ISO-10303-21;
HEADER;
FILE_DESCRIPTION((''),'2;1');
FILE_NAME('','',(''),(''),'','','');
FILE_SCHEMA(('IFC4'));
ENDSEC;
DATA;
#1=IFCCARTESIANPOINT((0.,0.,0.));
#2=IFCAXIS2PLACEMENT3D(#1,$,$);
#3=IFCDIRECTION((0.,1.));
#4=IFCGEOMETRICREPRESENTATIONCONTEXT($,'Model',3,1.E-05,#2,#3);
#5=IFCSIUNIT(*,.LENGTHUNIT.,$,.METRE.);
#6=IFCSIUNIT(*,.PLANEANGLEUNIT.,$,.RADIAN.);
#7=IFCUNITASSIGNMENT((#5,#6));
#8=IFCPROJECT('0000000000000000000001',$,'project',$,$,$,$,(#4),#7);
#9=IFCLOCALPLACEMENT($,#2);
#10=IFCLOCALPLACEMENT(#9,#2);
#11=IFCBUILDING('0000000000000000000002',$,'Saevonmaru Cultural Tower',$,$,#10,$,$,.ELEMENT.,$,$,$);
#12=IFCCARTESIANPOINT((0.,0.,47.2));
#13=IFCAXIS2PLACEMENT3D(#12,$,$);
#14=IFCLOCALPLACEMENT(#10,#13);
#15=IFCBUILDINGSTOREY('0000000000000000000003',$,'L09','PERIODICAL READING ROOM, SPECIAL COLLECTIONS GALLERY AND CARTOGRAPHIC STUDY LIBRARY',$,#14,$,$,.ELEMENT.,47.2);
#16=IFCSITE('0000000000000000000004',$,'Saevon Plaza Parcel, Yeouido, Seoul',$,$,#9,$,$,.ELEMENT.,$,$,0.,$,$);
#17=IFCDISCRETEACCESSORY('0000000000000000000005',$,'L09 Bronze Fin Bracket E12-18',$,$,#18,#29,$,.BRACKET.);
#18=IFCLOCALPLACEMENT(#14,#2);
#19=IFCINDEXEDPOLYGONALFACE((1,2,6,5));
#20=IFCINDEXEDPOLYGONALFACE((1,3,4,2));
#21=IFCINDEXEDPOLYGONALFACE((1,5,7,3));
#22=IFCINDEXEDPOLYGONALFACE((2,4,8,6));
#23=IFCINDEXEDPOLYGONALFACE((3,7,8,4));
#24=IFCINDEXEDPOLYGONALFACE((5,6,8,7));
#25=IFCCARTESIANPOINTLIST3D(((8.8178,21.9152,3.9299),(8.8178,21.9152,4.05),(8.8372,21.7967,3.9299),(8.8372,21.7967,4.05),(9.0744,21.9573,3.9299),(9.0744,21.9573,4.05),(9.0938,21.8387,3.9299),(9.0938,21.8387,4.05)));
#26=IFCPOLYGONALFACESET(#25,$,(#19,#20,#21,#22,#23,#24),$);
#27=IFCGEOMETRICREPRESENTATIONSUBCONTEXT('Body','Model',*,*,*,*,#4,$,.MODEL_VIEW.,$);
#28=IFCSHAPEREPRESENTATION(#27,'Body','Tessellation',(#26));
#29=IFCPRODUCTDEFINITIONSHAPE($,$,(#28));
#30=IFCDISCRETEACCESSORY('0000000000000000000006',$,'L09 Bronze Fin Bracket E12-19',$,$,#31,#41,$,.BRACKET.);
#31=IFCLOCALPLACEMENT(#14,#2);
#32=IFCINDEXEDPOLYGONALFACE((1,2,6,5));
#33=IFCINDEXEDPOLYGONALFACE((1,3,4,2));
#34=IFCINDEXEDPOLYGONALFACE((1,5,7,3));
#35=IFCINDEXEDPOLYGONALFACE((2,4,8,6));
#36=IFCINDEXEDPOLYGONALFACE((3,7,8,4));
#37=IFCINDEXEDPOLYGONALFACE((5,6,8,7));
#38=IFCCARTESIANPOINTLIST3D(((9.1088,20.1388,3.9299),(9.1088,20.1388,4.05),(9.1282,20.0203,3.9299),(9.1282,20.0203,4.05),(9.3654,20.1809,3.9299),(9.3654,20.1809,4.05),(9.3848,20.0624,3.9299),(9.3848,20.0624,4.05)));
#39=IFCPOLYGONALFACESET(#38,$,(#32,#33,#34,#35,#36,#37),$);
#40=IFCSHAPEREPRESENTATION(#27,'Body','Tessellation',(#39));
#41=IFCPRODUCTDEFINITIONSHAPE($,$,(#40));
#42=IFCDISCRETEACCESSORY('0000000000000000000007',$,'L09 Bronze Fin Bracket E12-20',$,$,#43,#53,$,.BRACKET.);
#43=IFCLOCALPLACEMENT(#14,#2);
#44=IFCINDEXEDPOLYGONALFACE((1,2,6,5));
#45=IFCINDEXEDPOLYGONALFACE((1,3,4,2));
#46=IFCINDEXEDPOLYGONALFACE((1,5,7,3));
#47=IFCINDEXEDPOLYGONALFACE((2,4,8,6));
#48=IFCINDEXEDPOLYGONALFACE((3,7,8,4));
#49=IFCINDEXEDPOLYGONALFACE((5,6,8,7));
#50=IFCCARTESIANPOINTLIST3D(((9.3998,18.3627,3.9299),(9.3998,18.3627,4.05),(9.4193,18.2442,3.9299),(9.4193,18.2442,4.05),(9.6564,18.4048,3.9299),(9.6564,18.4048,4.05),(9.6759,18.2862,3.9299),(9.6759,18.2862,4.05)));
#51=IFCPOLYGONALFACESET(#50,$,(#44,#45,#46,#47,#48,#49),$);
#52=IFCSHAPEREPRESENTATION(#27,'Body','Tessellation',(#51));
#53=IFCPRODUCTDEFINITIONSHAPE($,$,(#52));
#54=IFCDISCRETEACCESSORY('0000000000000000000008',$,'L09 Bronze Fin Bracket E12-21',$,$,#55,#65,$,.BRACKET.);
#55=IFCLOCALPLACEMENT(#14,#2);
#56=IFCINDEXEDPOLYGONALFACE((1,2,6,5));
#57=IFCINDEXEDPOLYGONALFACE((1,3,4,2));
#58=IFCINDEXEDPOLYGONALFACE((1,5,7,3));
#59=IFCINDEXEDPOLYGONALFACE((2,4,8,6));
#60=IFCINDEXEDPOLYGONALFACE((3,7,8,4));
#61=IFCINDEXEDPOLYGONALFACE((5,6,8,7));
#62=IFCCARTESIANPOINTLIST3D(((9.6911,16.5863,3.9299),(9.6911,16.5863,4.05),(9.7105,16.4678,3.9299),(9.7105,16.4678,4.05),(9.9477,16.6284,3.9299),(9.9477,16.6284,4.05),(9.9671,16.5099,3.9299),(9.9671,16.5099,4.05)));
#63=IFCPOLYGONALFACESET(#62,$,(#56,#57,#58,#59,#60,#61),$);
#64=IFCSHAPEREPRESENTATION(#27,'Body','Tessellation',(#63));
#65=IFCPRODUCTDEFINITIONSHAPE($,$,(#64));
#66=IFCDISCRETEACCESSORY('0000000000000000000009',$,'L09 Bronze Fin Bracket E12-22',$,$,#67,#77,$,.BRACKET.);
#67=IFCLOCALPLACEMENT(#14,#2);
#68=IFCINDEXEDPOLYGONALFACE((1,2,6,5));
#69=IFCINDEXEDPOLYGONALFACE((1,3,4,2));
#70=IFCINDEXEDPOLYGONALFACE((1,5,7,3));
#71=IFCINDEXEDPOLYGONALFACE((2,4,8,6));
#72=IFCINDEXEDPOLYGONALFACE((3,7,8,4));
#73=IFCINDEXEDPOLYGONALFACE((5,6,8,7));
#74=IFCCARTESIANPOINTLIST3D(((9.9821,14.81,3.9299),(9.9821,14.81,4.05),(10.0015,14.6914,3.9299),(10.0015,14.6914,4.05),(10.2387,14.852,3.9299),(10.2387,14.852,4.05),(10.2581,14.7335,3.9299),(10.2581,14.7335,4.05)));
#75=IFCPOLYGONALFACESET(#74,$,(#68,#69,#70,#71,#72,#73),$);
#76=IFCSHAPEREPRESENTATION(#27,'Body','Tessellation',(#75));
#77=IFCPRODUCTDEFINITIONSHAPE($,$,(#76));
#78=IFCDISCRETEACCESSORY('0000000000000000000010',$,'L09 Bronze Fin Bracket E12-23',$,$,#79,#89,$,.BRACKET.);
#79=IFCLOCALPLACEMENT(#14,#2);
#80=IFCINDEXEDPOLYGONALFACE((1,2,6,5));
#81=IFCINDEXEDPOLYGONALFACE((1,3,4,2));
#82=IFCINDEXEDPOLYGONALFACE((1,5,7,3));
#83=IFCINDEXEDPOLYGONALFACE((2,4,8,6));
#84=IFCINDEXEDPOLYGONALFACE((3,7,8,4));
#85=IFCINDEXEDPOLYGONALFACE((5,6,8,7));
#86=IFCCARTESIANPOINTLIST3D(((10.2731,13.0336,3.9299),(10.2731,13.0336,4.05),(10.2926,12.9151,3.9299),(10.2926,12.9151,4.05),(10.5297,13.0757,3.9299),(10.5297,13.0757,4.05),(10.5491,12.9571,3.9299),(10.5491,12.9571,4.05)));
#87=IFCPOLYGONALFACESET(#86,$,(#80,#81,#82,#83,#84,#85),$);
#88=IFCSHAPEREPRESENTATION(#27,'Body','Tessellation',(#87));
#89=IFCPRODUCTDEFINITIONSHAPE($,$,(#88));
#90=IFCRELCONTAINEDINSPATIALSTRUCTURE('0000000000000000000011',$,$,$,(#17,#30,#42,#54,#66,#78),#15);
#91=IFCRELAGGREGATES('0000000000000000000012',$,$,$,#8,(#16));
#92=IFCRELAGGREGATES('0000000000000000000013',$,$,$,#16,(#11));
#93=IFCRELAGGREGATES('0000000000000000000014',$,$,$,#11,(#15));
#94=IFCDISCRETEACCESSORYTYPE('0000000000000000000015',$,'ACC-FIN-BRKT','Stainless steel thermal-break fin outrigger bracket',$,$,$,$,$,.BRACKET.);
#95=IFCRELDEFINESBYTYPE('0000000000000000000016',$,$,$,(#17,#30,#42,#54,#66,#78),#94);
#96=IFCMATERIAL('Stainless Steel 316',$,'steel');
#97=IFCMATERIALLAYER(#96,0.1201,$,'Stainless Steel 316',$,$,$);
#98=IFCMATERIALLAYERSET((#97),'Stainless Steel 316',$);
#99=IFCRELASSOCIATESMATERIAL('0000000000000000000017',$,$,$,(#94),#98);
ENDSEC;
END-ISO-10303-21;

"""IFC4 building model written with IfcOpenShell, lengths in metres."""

from ifc_helpers import new_model, si_unit, direction, frame, origin, origin_2d, place, context, subcontext, project, spatial, rectangle, extrude, material, layer, layer_set, type_object, element, save


model = new_model("IFC4")

# Units and contexts
model_context = context("Model", 3, precision=1e-05, world=origin(), true_north=direction((0.0, 1.0)))
body_context = subcontext(model_context, "Body", "Model", "MODEL_VIEW")
ifc_project = project(units=[si_unit("LENGTHUNIT", "METRE"), si_unit("PLANEANGLEUNIT", "RADIAN")], contexts=[model_context])

# Site, building, storey
site_placement = place(None, origin())
site = spatial("IfcSite", under=ifc_project, at=site_placement, Name="Saevon Plaza Parcel, Yeouido, Seoul", CompositionType="ELEMENT", RefElevation=0.0)
building_placement = place(site_placement, origin())
building = spatial("IfcBuilding", under=site, at=building_placement, Name="Saevonmaru Cultural Tower", CompositionType="ELEMENT")
storey_placement = place(building_placement, frame((0.0, 0.0, 47.2)))
storey = spatial("IfcBuildingStorey", under=building, at=storey_placement, Name="L09", Description="PERIODICAL READING ROOM, SPECIAL COLLECTIONS GALLERY AND CARTOGRAPHIC STUDY LIBRARY", CompositionType="ELEMENT", Elevation=47.2)

# Discrete accessories
ifc_material_1 = material(Name="Stainless Steel 316", Category="steel")
ifc_layer_1 = layer(ifc_material_1, 0.1201, Name="Stainless Steel 316")
ifc_layer_set_1 = layer_set([ifc_layer_1], Name="Stainless Steel 316")
discrete_accessory_type = type_object("IfcDiscreteAccessoryType", Name="ACC-FIN-BRKT", Description="Stainless steel thermal-break fin outrigger bracket", PredefinedType="BRACKET", material=ifc_layer_set_1)
for number, where, z_axis, x_axis, name in (
    (1, (8.9558, 21.877, 3.9299), (0.0, 0.0, 1.0), (-0.986827, -0.161776, 0.0), "L09 Bronze Fin Bracket E12-18"),
    (2, (9.2468, 20.1006, 3.9299), (0.0, 0.0, 1.0), (-0.986827, -0.161776, 0.0), "L09 Bronze Fin Bracket E12-19"),
    (3, (9.5378, 18.3245, 3.9299), (0.0, 0.0, 1.0), (-0.986827, -0.161776, 0.0), "L09 Bronze Fin Bracket E12-20"),
    (4, (9.8291, 16.5481, 3.9299), (0.0, 0.0, 1.0), (-0.986827, -0.161776, 0.0), "L09 Bronze Fin Bracket E12-21"),
    (5, (10.1201, 14.7717, 3.9299), (0.0, 0.0, 1.0), (-0.986827, -0.161776, 0.0), "L09 Bronze Fin Bracket E12-22"),
    (6, (10.4111, 12.9954, 3.9299), (0.0, 0.0, 1.0), (-0.986827, -0.161776, 0.0), "L09 Bronze Fin Bracket E12-23"),
):
    element("IfcDiscreteAccessory", number, at=place(storey_placement, frame(where, z_axis=z_axis, x_axis=x_axis)), inside=storey, type_object=discrete_accessory_type, Name=name, PredefinedType="BRACKET", context=body_context, shape_type="SweptSolid", body=[
        extrude(rectangle(XDim=0.26, YDim=0.1201, at=origin_2d()), origin(), (0.0, 0.0, 1.0), 0.1201),
    ])

save(model, "model.ifc")
